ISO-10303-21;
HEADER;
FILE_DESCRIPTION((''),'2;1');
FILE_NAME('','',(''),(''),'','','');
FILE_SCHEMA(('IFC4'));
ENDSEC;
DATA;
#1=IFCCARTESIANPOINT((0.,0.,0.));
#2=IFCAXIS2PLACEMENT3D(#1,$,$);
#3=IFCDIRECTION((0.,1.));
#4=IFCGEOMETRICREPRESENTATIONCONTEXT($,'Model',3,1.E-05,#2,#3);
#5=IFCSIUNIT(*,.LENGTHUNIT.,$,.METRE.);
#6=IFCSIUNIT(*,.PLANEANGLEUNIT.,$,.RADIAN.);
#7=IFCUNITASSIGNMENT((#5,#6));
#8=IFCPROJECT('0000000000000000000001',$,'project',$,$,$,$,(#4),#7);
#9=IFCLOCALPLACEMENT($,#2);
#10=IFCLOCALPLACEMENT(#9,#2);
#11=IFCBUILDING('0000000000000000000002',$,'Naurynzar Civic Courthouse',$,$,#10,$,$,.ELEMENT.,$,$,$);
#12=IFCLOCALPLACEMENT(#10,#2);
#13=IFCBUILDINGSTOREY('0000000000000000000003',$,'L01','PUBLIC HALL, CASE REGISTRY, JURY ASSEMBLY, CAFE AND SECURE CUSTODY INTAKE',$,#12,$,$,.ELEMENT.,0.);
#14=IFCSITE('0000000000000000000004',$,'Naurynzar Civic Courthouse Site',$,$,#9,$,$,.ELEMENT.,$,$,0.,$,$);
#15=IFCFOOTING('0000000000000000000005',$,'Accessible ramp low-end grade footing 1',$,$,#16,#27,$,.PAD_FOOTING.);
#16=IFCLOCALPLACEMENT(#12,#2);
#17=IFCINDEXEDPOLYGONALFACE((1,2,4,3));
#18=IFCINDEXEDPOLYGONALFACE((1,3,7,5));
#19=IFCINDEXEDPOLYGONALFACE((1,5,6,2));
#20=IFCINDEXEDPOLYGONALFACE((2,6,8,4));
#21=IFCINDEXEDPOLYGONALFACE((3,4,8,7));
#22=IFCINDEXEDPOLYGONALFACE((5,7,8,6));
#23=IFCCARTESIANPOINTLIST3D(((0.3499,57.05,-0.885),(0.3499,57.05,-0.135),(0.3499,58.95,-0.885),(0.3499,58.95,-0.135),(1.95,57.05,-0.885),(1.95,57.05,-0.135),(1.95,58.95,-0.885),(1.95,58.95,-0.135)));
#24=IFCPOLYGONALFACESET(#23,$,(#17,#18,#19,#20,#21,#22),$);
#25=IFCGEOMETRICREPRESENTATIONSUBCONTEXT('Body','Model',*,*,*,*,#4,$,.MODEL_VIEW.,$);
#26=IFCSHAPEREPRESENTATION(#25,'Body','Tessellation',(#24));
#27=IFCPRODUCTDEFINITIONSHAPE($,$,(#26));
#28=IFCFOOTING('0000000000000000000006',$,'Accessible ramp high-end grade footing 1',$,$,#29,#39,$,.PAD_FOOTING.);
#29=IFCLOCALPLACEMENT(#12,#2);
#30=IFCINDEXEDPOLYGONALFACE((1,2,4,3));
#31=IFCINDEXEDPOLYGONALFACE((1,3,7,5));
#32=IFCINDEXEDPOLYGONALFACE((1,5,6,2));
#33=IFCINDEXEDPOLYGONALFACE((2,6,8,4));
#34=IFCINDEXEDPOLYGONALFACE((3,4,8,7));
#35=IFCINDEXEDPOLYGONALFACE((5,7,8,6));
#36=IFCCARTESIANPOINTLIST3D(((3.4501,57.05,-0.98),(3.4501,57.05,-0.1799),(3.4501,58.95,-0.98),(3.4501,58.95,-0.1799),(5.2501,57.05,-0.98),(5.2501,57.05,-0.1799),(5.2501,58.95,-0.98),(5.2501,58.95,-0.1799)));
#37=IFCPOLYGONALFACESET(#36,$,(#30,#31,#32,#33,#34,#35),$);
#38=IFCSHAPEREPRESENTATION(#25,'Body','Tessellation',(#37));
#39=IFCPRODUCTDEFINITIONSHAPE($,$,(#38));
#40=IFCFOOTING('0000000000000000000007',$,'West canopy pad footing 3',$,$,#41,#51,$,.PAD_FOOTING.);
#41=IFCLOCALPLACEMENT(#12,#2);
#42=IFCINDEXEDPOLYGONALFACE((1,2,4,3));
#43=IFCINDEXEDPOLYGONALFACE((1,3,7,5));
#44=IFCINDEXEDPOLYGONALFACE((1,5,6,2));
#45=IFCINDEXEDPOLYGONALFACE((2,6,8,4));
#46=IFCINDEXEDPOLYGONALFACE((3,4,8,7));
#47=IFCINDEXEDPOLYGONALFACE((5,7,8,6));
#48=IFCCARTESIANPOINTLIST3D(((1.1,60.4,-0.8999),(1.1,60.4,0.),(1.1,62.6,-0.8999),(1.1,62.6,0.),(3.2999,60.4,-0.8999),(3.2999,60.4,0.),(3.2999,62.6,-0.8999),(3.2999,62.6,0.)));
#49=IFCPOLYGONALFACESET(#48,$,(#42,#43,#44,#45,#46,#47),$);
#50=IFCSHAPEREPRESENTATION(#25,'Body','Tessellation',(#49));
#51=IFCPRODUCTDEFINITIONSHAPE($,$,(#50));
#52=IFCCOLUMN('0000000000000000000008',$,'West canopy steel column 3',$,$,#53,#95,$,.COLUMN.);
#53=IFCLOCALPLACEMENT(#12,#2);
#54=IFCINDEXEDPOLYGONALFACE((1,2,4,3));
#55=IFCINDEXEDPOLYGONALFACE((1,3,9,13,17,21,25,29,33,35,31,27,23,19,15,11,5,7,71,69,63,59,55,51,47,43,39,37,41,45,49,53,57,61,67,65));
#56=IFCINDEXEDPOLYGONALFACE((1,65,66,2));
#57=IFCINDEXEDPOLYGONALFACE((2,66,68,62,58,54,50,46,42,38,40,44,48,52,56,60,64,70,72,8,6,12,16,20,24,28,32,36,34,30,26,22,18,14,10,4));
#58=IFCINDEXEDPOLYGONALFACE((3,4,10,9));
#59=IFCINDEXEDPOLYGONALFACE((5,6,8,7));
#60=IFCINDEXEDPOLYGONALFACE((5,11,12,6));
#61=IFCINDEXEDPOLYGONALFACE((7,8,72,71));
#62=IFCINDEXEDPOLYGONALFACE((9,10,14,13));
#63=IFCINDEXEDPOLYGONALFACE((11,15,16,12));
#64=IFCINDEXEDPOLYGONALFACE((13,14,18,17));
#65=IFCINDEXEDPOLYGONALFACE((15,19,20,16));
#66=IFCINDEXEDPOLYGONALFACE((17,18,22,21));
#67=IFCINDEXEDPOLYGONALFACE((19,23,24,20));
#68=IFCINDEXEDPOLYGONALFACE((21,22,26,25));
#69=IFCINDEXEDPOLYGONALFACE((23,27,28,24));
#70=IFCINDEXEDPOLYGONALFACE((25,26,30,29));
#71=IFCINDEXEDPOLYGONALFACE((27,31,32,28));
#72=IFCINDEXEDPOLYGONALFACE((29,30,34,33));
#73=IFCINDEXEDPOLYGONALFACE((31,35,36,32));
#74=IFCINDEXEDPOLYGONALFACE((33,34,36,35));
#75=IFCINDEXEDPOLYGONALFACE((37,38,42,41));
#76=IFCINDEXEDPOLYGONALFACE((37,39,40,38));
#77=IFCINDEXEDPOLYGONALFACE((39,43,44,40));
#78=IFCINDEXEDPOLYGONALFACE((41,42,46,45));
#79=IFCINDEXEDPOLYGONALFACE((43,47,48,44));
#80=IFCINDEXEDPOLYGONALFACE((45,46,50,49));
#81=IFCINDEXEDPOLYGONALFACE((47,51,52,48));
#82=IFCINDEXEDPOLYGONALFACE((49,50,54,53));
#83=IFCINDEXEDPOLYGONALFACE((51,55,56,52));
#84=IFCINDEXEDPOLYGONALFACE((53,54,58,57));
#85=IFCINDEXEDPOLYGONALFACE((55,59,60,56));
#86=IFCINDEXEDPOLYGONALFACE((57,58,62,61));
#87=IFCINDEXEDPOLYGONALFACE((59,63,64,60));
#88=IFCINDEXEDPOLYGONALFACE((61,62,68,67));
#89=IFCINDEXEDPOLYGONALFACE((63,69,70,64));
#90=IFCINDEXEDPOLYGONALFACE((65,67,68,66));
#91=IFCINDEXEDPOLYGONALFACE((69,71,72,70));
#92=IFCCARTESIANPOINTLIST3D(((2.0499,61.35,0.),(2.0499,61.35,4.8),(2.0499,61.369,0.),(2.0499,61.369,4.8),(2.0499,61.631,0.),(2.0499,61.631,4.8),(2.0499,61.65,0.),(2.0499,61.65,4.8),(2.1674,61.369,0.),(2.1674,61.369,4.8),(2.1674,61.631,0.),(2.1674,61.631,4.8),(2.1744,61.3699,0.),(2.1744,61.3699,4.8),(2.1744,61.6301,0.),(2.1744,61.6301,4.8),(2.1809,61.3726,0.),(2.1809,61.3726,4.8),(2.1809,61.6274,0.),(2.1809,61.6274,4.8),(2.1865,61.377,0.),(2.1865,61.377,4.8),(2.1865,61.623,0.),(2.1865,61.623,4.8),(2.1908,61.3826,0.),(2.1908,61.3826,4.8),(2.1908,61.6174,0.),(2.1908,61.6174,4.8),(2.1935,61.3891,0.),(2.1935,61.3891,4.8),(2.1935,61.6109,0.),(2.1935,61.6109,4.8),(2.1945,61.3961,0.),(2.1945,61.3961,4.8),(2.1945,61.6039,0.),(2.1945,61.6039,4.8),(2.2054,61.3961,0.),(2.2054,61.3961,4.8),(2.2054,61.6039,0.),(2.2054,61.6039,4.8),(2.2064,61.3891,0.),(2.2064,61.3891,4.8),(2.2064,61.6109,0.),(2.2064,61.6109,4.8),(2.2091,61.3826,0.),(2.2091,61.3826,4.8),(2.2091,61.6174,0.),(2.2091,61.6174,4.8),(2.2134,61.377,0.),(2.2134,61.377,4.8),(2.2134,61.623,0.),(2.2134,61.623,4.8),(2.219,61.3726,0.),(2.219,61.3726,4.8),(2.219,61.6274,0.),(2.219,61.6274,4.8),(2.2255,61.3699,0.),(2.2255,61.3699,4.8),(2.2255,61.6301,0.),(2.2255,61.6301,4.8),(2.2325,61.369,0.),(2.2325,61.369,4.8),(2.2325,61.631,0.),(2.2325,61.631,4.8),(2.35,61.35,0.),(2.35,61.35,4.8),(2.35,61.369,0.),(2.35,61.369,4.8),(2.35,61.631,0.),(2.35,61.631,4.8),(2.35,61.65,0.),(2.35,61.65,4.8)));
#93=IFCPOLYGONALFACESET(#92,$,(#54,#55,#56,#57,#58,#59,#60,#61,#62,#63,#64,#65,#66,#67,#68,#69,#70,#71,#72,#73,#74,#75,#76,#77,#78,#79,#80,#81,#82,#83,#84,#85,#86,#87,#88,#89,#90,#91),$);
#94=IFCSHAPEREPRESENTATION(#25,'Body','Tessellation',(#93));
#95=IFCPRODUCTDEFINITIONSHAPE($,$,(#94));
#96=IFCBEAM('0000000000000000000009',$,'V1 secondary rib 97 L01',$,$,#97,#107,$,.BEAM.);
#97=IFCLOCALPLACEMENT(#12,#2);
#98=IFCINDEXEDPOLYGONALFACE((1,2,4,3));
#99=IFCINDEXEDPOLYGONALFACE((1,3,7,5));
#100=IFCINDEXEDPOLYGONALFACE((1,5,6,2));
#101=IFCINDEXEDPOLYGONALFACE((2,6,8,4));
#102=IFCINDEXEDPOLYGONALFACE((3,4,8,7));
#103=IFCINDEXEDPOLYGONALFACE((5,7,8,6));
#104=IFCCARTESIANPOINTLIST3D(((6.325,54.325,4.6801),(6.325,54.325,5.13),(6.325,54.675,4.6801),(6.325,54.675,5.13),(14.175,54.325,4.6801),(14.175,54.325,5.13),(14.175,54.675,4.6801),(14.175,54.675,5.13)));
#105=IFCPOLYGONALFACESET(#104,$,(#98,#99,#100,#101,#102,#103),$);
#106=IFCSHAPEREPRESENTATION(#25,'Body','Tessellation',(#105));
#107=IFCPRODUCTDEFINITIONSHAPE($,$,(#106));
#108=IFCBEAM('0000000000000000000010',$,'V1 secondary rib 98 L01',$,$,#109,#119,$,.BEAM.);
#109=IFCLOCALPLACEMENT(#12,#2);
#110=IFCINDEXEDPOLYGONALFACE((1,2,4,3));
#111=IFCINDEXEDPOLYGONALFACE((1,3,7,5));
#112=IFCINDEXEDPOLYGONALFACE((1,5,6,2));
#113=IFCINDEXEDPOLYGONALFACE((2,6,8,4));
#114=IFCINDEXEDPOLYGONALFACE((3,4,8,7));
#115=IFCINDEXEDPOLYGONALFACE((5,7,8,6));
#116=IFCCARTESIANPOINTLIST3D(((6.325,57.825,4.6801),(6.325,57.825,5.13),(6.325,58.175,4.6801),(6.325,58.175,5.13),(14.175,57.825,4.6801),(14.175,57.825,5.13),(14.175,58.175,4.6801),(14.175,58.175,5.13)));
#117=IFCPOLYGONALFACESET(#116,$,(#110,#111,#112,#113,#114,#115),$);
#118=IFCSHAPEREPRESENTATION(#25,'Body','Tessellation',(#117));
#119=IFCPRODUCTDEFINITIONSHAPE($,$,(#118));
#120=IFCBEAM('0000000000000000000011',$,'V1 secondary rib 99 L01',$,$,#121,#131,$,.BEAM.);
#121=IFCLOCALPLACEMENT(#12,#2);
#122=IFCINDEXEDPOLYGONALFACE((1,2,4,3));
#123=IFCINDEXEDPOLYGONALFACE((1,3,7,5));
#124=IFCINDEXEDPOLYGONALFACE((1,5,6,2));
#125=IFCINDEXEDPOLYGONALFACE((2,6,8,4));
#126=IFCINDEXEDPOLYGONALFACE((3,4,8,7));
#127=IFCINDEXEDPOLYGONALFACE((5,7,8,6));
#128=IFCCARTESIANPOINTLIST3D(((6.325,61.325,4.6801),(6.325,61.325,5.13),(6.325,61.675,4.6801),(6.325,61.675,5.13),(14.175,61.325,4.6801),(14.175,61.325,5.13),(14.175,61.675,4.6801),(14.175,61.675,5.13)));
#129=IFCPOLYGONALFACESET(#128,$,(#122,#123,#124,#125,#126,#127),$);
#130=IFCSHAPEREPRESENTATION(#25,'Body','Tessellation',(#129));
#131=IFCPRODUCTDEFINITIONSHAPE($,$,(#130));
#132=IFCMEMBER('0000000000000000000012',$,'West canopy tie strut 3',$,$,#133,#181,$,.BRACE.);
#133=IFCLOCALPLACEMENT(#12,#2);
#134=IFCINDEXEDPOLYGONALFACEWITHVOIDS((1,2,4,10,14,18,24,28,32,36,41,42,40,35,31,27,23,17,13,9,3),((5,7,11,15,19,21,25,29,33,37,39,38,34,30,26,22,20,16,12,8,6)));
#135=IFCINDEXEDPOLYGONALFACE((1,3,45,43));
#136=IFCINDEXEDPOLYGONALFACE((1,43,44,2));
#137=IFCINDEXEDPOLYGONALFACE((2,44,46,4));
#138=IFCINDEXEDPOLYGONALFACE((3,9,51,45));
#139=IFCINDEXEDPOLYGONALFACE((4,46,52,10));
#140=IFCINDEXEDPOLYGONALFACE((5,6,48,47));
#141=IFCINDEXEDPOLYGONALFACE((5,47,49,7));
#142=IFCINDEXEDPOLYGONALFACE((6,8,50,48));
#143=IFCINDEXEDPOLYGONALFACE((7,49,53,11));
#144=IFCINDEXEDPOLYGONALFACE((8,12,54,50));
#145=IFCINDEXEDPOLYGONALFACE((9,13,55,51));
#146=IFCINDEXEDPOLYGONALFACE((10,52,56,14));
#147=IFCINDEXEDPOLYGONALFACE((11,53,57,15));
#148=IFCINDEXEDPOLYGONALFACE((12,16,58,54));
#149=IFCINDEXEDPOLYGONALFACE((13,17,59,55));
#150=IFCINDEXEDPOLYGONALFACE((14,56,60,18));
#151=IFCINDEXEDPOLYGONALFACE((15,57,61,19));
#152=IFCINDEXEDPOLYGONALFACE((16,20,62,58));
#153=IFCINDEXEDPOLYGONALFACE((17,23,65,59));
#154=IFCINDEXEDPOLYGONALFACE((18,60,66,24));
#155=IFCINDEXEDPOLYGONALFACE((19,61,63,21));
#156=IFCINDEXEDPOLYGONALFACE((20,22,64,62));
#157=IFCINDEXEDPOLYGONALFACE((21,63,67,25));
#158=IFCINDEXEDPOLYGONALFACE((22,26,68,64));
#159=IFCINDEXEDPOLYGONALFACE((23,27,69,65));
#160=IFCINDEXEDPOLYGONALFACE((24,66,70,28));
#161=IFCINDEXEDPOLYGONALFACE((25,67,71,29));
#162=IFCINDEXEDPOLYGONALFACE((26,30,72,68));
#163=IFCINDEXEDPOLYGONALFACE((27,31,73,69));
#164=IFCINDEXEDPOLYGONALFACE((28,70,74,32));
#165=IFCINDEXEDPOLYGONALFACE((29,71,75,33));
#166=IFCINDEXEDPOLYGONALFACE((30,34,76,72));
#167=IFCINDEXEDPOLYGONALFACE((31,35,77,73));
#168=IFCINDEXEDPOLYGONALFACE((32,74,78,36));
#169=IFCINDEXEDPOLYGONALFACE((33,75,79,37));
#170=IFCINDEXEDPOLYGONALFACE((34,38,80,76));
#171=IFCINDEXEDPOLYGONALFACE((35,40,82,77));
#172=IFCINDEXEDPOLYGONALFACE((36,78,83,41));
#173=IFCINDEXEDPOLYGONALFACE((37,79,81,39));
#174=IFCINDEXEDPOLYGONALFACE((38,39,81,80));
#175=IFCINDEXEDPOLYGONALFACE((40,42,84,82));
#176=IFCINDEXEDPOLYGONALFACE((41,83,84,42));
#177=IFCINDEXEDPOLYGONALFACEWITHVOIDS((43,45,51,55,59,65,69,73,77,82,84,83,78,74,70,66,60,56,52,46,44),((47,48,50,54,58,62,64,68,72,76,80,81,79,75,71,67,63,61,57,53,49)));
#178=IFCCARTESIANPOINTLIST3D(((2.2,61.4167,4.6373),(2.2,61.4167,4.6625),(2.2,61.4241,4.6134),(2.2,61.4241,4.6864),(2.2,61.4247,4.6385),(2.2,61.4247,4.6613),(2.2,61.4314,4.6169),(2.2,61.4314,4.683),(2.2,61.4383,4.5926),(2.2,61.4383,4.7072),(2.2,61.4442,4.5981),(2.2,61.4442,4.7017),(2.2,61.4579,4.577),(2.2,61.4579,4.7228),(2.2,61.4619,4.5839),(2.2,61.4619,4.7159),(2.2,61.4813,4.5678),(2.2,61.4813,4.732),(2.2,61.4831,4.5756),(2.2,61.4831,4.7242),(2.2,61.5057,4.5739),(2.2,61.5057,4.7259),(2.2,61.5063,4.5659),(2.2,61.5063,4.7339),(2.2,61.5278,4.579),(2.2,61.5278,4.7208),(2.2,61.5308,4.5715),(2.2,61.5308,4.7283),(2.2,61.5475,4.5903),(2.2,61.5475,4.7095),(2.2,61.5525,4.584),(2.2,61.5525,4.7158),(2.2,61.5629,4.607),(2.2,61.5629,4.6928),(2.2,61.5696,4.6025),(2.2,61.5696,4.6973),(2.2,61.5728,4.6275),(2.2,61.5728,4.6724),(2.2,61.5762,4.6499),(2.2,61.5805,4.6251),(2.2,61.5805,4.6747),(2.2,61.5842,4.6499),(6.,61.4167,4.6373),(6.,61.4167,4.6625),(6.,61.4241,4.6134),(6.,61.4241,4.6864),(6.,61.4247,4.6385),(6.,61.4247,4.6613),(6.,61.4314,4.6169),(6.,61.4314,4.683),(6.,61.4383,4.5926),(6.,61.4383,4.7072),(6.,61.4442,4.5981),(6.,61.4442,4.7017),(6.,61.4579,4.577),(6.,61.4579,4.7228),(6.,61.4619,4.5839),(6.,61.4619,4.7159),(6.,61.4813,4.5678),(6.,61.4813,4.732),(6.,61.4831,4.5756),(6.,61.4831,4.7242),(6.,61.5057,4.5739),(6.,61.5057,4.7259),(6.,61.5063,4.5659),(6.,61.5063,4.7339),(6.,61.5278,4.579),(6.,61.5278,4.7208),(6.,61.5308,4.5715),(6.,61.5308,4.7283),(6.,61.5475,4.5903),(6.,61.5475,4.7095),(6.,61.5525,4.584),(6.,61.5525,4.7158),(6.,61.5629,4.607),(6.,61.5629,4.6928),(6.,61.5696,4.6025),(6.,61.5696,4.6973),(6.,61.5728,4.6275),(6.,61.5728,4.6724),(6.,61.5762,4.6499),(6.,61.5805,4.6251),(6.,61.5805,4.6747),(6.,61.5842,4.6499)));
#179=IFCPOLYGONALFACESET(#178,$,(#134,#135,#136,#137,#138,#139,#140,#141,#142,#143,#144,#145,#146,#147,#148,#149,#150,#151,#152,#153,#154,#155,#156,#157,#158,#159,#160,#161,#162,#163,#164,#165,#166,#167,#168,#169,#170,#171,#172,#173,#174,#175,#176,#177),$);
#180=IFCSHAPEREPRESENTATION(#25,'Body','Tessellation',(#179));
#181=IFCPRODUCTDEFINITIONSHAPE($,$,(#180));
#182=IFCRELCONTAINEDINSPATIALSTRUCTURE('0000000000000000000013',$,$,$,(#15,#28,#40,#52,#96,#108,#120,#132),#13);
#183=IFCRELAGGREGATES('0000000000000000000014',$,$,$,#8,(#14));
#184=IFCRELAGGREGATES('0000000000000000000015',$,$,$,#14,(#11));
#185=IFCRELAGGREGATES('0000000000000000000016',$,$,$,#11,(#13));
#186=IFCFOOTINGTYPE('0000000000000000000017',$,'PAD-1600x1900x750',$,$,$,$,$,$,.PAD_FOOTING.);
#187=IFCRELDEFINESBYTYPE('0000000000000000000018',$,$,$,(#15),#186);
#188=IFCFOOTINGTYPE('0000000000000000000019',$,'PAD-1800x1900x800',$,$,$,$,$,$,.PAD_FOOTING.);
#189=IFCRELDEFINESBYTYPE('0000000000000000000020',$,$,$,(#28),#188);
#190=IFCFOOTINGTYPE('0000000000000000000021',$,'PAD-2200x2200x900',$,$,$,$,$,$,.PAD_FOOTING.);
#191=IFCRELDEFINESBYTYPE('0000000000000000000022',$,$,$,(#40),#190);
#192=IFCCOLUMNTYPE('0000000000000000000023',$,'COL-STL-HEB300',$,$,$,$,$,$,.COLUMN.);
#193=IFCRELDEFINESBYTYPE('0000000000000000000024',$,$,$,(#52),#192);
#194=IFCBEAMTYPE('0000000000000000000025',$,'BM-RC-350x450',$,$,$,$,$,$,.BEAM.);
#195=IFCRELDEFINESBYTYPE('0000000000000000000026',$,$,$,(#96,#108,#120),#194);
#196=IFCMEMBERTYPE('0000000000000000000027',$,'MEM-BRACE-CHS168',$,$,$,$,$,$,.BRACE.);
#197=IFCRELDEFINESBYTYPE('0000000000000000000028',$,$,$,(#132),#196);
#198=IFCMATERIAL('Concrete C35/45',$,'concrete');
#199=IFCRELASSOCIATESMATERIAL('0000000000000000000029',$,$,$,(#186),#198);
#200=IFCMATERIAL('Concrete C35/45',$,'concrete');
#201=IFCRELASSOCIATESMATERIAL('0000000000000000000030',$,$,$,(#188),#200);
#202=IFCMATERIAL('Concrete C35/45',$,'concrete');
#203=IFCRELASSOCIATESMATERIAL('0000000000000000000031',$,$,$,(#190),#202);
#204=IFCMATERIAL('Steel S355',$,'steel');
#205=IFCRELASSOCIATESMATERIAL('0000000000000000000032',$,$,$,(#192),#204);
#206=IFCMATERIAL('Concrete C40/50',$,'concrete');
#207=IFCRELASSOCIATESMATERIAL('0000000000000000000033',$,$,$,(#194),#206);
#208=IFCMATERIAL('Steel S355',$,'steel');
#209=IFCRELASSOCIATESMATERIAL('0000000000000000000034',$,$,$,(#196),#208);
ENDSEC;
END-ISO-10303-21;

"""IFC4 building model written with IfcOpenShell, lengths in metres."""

from ifc_helpers import new_model, si_unit, direction, frame, origin, origin_2d, place, context, subcontext, project, spatial, rectangle, hollow_circle, i_section, extrude, material, material_profile, profile_set, type_object, element, save


model = new_model("IFC4")

# Units and contexts
model_context = context("Model", 3, precision=1e-05, world=origin(), true_north=direction((0.0, 1.0)))
body_context = subcontext(model_context, "Body", "Model", "MODEL_VIEW")
ifc_project = project(units=[si_unit("LENGTHUNIT", "METRE"), si_unit("PLANEANGLEUNIT", "RADIAN")], contexts=[model_context])

# Site, building, storey
site_placement = place(None, origin())
site = spatial("IfcSite", under=ifc_project, at=site_placement, Name="Naurynzar Civic Courthouse Site", CompositionType="ELEMENT", RefElevation=0.0)
building_placement = place(site_placement, origin())
building = spatial("IfcBuilding", under=site, at=building_placement, Name="Naurynzar Civic Courthouse", CompositionType="ELEMENT")
storey_placement = place(building_placement, origin())
storey = spatial("IfcBuildingStorey", under=building, at=storey_placement, Name="L01", Description="PUBLIC HALL, CASE REGISTRY, JURY ASSEMBLY, CAFE AND SECURE CUSTODY INTAKE", CompositionType="ELEMENT", Elevation=0.0)

# Footings
ifc_material_1 = material(Name="Concrete C35/45", Category="concrete")
footing_type_1 = type_object("IfcFootingType", Name="PAD-1600x1900x750", PredefinedType="PAD_FOOTING", material=ifc_material_1)
footing_1_placement = place(storey_placement, frame((1.1499, 58.0, -0.885), z_axis=(0.0, 0.0, 1.0), x_axis=(1.0, 0.0, 0.0)))
element("IfcFooting", 1, at=footing_1_placement, inside=storey, type_object=footing_type_1, Name="Accessible ramp low-end grade footing 1", PredefinedType="PAD_FOOTING", context=body_context, shape_type="SweptSolid", body=[
    extrude(rectangle(XDim=1.6001, YDim=1.8999, at=origin_2d()), origin(), (0.0, 0.0, 1.0), 0.75),
])
ifc_material_2 = material(Name="Concrete C35/45", Category="concrete")
footing_type_2 = type_object("IfcFootingType", Name="PAD-1800x1900x800", PredefinedType="PAD_FOOTING", material=ifc_material_2)
footing_2_placement = place(storey_placement, frame((4.3501, 58.0, -0.98), z_axis=(0.0, 0.0, 1.0), x_axis=(1.0, 0.0, 0.0)))
element("IfcFooting", 2, at=footing_2_placement, inside=storey, type_object=footing_type_2, Name="Accessible ramp high-end grade footing 1", PredefinedType="PAD_FOOTING", context=body_context, shape_type="SweptSolid", body=[
    extrude(rectangle(XDim=1.8, YDim=1.8999, at=origin_2d()), origin(), (0.0, 0.0, 1.0), 0.8),
])
ifc_material_3 = material(Name="Concrete C35/45", Category="concrete")
footing_type_3 = type_object("IfcFootingType", Name="PAD-2200x2200x900", PredefinedType="PAD_FOOTING", material=ifc_material_3)
footing_3_placement = place(storey_placement, frame((2.2, 61.5, -0.8999), z_axis=(0.0, 0.0, 1.0), x_axis=(1.0, 0.0, 0.0)))
element("IfcFooting", 3, at=footing_3_placement, inside=storey, type_object=footing_type_3, Name="West canopy pad footing 3", PredefinedType="PAD_FOOTING", context=body_context, shape_type="SweptSolid", body=[
    extrude(rectangle(XDim=2.2, YDim=2.2, at=origin_2d()), origin(), (0.0, 0.0, 1.0), 0.8999),
])

# Column
ifc_material_4 = material(Name="Steel S355", Category="steel")
ifc_material_profile_1 = material_profile(ifc_material_4, i_section(OverallWidth=0.3, OverallDepth=0.3, WebThickness=0.011, FlangeThickness=0.019, FilletRadius=0.0271, at=origin_2d()), Name="HEB 300")
ifc_profile_set_1 = profile_set([ifc_material_profile_1], Name="Steel S355")
column_type = type_object("IfcColumnType", Name="COL-STL-HEB300", PredefinedType="COLUMN", material=ifc_profile_set_1)
column_placement = place(storey_placement, frame((2.2, 61.5, 0.0), z_axis=(0.0, 0.0, 1.0), x_axis=(1.0, 0.0, 0.0)))
element("IfcColumn", 4, at=column_placement, inside=storey, type_object=column_type, Name="West canopy steel column 3", PredefinedType="COLUMN", context=body_context, shape_type="SweptSolid", body=[
    extrude(i_section(OverallWidth=0.3, OverallDepth=0.3, WebThickness=0.011, FlangeThickness=0.019, FilletRadius=0.0271, at=origin_2d()), origin(), (0.0, 0.0, 1.0), 4.8),
])

# Beams
ifc_material_5 = material(Name="Concrete C40/50", Category="concrete")
ifc_material_profile_2 = material_profile(ifc_material_5, rectangle(XDim=0.3501, YDim=0.45, at=origin_2d()), Name="RCB 350x450")
ifc_profile_set_2 = profile_set([ifc_material_profile_2], Name="Concrete C40/50")
beam_type = type_object("IfcBeamType", Name="BM-RC-350x450", PredefinedType="BEAM", material=ifc_profile_set_2)
for number, where, z_axis, x_axis, name in (
    (5, (6.325, 54.5, 4.905), (1.0, 0.0, 0.0), (0.0, 1.0, 0.0), "V1 secondary rib 97 L01"),
    (6, (6.325, 58.0, 4.905), (1.0, 0.0, 0.0), (0.0, 1.0, 0.0), "V1 secondary rib 98 L01"),
    (7, (6.325, 61.5, 4.905), (1.0, 0.0, 0.0), (0.0, 1.0, 0.0), "V1 secondary rib 99 L01"),
):
    element("IfcBeam", number, at=place(storey_placement, frame(where, z_axis=z_axis, x_axis=x_axis)), inside=storey, type_object=beam_type, Name=name, PredefinedType="BEAM", context=body_context, shape_type="SweptSolid", body=[
        extrude(rectangle(XDim=0.3501, YDim=0.45, at=origin_2d()), origin(), (0.0, 0.0, 1.0), 7.8501),
    ])

# Member
ifc_material_6 = material(Name="Steel S355", Category="steel")
ifc_material_profile_3 = material_profile(ifc_material_6, hollow_circle(Radius=0.0842, WallThickness=0.0081, at=origin_2d()), Name="CHS 168.3x8")
ifc_profile_set_3 = profile_set([ifc_material_profile_3], Name="Steel S355")
member_type = type_object("IfcMemberType", Name="MEM-BRACE-CHS168", PredefinedType="BRACE", material=ifc_profile_set_3)
member_placement = place(storey_placement, frame((2.2, 61.5, 4.6499), z_axis=(1.0, 0.0, 0.0), x_axis=(0.0, 1.0, 0.0)))
element("IfcMember", 8, at=member_placement, inside=storey, type_object=member_type, Name="West canopy tie strut 3", PredefinedType="BRACE", context=body_context, shape_type="SweptSolid", body=[
    extrude(hollow_circle(Radius=0.0842, WallThickness=0.0081, at=origin_2d()), origin(), (0.0, 0.0, 1.0), 3.8),
])

save(model, "model.ifc")
